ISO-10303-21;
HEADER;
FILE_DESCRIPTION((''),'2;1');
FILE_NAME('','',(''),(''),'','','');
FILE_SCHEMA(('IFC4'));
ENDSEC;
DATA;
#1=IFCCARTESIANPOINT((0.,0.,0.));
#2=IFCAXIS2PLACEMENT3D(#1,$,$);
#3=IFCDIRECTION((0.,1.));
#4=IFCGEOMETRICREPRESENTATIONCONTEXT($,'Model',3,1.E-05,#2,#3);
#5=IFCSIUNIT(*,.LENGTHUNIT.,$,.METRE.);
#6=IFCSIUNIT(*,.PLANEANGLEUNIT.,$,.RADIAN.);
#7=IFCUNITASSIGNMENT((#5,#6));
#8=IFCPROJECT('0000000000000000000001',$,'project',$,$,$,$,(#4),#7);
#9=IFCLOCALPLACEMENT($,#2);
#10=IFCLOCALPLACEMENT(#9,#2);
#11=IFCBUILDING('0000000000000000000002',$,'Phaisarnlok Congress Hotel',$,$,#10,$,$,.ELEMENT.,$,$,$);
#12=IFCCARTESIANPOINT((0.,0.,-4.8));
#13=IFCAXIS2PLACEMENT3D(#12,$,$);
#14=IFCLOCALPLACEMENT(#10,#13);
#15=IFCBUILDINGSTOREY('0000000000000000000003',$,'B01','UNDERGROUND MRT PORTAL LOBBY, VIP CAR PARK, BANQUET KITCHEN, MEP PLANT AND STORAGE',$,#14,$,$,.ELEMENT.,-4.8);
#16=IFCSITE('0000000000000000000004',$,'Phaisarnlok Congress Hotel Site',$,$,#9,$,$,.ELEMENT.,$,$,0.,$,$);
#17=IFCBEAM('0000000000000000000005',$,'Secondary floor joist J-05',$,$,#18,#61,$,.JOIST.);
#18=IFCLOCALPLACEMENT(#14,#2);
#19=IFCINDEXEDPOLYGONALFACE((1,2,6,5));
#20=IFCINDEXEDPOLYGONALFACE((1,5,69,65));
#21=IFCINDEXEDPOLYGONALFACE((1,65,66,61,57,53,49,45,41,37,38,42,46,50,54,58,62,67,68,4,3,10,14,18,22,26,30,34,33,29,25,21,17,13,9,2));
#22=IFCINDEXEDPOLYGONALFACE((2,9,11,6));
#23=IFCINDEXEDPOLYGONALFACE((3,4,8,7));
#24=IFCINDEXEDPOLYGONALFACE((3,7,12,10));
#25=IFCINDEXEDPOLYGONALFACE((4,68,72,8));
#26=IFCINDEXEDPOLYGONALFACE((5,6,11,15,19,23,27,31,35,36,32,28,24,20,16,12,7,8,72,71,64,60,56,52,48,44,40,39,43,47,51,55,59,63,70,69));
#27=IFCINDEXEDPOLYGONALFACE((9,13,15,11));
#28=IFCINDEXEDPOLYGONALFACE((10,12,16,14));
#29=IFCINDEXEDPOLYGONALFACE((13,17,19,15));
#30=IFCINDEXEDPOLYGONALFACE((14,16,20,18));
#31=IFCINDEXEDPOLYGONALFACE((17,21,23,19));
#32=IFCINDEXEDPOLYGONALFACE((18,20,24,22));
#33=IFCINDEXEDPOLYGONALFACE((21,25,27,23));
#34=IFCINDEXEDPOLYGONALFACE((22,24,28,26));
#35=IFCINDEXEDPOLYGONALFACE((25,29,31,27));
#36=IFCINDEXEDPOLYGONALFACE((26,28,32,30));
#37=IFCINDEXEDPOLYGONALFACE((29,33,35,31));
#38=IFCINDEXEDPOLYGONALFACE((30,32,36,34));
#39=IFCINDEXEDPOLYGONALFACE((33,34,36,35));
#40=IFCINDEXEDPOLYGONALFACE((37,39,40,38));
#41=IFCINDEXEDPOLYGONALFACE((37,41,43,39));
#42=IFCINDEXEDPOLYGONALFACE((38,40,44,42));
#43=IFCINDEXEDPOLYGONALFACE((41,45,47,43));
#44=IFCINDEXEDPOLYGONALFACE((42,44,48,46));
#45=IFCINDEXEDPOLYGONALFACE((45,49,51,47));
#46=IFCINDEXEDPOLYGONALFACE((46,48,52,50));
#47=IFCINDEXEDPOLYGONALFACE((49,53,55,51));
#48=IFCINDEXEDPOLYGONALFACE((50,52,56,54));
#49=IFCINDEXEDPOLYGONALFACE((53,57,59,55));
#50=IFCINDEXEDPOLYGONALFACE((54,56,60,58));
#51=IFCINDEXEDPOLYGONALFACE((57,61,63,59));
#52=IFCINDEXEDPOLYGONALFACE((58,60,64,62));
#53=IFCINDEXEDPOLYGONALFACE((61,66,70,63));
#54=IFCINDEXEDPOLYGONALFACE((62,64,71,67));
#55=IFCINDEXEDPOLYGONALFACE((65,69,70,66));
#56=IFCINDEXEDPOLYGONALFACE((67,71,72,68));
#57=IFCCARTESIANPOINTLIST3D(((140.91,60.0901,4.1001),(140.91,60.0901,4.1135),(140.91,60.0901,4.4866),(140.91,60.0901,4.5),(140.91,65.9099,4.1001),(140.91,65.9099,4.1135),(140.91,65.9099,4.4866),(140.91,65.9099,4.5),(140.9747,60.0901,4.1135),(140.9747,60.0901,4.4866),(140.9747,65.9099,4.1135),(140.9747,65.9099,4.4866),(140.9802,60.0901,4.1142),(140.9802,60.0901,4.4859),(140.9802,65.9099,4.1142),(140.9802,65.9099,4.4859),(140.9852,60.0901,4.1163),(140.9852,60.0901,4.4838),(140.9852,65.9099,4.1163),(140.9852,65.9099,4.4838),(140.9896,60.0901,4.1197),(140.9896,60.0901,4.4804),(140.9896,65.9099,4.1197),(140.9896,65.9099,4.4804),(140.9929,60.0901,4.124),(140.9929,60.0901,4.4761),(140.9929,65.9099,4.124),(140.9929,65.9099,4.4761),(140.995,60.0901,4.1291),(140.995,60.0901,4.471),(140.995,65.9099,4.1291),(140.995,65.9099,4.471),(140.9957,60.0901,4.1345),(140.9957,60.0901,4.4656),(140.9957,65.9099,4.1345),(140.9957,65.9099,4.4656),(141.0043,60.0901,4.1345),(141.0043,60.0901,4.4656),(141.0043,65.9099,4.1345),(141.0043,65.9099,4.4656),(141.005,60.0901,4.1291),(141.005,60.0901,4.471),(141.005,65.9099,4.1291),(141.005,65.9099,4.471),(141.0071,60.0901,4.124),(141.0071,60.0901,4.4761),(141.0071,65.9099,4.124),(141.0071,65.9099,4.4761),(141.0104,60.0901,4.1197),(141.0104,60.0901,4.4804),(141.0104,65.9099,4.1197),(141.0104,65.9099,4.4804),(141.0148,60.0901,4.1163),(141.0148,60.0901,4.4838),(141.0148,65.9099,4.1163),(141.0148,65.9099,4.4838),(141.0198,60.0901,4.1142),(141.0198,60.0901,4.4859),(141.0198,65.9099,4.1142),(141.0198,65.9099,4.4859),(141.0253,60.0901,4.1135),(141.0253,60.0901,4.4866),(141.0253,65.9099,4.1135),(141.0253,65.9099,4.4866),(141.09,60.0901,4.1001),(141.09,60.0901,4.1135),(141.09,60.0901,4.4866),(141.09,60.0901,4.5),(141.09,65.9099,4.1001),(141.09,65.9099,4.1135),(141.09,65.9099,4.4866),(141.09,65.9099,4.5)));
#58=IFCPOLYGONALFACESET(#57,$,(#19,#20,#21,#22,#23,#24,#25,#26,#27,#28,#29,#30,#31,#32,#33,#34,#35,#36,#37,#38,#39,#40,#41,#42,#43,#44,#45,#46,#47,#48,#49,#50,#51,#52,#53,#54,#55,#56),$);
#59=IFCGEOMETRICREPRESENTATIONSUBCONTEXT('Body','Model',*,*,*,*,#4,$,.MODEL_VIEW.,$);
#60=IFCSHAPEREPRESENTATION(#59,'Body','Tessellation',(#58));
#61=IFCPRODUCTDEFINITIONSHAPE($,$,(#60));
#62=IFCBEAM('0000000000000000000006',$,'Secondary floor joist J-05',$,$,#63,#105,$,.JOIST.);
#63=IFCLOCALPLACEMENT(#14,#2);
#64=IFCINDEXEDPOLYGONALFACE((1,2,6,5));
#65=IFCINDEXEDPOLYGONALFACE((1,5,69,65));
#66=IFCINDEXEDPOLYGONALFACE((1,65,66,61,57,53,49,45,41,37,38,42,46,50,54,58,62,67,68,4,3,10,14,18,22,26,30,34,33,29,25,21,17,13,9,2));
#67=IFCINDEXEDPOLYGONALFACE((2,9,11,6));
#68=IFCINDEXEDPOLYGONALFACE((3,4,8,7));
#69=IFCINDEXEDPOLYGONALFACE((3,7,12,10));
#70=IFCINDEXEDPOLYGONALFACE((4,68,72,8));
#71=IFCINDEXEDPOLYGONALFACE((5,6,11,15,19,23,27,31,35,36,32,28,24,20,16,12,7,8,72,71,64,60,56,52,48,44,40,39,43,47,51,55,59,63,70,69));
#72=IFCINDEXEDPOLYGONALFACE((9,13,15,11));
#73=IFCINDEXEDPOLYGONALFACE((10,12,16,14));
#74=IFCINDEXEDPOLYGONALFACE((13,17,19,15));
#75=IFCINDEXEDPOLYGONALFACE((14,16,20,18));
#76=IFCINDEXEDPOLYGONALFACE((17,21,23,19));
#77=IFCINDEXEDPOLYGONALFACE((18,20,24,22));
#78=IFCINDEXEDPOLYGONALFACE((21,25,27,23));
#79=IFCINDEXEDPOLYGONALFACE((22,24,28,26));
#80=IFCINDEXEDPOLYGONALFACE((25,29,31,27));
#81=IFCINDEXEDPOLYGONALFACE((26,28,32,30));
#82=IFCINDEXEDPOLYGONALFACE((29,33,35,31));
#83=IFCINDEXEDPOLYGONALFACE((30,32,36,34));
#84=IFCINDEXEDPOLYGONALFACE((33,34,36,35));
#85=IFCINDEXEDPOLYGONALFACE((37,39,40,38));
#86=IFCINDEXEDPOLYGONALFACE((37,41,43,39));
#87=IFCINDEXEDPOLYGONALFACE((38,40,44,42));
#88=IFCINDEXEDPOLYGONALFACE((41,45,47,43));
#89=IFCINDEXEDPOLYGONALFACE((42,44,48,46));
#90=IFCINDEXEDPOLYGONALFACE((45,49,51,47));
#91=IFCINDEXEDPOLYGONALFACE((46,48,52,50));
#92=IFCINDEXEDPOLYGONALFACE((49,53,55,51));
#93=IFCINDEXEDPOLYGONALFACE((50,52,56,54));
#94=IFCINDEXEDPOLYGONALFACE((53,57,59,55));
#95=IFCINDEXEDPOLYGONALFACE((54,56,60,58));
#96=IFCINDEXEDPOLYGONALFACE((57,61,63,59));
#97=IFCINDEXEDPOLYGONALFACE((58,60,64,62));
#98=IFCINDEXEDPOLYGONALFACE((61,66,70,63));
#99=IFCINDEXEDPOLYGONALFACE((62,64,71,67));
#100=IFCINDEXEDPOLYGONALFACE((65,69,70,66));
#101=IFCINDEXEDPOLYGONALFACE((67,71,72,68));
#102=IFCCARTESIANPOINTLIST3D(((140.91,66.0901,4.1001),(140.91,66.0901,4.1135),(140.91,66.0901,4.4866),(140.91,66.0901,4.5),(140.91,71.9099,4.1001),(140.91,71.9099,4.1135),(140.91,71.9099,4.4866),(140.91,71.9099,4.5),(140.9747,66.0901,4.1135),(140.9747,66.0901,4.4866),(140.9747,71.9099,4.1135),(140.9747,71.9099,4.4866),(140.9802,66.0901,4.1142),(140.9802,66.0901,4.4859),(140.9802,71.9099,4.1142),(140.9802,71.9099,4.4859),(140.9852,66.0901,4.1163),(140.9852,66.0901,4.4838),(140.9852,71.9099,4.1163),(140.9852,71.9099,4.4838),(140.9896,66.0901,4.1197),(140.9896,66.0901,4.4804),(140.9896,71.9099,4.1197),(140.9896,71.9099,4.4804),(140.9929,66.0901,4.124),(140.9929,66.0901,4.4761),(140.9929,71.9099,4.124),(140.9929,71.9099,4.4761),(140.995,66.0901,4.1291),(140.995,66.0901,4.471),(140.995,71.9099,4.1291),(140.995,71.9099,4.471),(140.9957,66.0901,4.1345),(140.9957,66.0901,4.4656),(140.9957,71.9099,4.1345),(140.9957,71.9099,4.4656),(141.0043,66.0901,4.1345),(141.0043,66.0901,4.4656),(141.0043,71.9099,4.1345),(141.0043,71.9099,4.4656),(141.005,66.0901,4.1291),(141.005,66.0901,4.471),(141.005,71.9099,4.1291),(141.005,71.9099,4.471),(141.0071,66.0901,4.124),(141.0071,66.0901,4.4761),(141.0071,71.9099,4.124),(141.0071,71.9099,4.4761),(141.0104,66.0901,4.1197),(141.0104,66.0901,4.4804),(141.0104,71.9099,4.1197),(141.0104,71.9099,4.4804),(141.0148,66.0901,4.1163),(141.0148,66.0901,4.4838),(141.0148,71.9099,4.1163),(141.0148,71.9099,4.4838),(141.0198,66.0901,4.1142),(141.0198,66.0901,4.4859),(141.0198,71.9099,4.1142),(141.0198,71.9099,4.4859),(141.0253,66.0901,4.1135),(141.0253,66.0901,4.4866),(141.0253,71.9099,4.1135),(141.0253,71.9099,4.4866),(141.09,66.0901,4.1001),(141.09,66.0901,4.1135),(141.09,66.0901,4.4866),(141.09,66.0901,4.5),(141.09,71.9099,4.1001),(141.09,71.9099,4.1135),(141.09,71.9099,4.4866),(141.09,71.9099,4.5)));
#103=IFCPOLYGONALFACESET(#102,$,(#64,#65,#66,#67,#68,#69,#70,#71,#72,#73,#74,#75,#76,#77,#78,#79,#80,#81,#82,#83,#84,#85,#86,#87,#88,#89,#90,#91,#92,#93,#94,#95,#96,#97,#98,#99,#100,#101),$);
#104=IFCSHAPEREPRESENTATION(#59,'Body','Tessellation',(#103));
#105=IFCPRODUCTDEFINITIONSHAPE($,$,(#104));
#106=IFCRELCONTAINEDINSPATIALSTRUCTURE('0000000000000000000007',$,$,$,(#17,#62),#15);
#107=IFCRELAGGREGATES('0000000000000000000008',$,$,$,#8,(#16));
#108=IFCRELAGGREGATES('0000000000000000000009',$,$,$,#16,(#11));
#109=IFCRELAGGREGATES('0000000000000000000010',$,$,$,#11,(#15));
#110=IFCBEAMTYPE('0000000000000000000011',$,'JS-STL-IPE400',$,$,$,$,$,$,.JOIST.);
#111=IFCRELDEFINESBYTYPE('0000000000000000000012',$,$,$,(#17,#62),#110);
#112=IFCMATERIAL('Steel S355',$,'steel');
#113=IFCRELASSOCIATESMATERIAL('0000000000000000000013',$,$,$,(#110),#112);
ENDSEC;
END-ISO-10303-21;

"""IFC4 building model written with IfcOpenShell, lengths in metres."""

from ifc_helpers import new_model, si_unit, direction, frame, origin, origin_2d, place, context, subcontext, project, spatial, i_section, extrude, material, material_profile, profile_set, type_object, element, save


model = new_model("IFC4")

# Units and contexts
model_context = context("Model", 3, precision=1e-05, world=origin(), true_north=direction((0.0, 1.0)))
body_context = subcontext(model_context, "Body", "Model", "MODEL_VIEW")
ifc_project = project(units=[si_unit("LENGTHUNIT", "METRE"), si_unit("PLANEANGLEUNIT", "RADIAN")], contexts=[model_context])

# Site, building, storey
site_placement = place(None, origin())
site = spatial("IfcSite", under=ifc_project, at=site_placement, Name="Phaisarnlok Congress Hotel Site", CompositionType="ELEMENT", RefElevation=0.0)
building_placement = place(site_placement, origin())
building = spatial("IfcBuilding", under=site, at=building_placement, Name="Phaisarnlok Congress Hotel", CompositionType="ELEMENT")
storey_placement = place(building_placement, frame((0.0, 0.0, -4.8)))
storey = spatial("IfcBuildingStorey", under=building, at=storey_placement, Name="B01", Description="UNDERGROUND MRT PORTAL LOBBY, VIP CAR PARK, BANQUET KITCHEN, MEP PLANT AND STORAGE", CompositionType="ELEMENT", Elevation=-4.8)

# Beams
ifc_material_1 = material(Name="Steel S355", Category="steel")
ifc_material_profile_1 = material_profile(ifc_material_1, i_section(OverallWidth=0.1799, OverallDepth=0.3999, WebThickness=0.0085, FlangeThickness=0.0134, FilletRadius=0.021, at=origin_2d()), Name="IPE 400")
ifc_profile_set_1 = profile_set([ifc_material_profile_1], Name="Steel S355")
beam_type_1 = type_object("IfcBeamType", Name="JS-STL-IPE400", PredefinedType="JOIST", material=ifc_profile_set_1)
for number, where, z_axis, x_axis, name in (
    (1, (141.0, 60.0901, 4.3), (0.0, 1.0, 0.0), (-1.0, 0.0, 0.0), "Secondary floor joist J-05"),
    (2, (141.0, 66.0901, 4.3), (0.0, 1.0, 0.0), (-1.0, 0.0, 0.0), "Secondary floor joist J-05"),
):
    element("IfcBeam", number, at=place(storey_placement, frame(where, z_axis=z_axis, x_axis=x_axis)), inside=storey, type_object=beam_type_1, Name=name, PredefinedType="JOIST", context=body_context, shape_type="SweptSolid", body=[
        extrude(i_section(OverallWidth=0.1799, OverallDepth=0.3999, WebThickness=0.0085, FlangeThickness=0.0134, FilletRadius=0.021, at=origin_2d()), origin(), (0.0, 0.0, 1.0), 5.8198),
    ])

save(model, "model.ifc")
